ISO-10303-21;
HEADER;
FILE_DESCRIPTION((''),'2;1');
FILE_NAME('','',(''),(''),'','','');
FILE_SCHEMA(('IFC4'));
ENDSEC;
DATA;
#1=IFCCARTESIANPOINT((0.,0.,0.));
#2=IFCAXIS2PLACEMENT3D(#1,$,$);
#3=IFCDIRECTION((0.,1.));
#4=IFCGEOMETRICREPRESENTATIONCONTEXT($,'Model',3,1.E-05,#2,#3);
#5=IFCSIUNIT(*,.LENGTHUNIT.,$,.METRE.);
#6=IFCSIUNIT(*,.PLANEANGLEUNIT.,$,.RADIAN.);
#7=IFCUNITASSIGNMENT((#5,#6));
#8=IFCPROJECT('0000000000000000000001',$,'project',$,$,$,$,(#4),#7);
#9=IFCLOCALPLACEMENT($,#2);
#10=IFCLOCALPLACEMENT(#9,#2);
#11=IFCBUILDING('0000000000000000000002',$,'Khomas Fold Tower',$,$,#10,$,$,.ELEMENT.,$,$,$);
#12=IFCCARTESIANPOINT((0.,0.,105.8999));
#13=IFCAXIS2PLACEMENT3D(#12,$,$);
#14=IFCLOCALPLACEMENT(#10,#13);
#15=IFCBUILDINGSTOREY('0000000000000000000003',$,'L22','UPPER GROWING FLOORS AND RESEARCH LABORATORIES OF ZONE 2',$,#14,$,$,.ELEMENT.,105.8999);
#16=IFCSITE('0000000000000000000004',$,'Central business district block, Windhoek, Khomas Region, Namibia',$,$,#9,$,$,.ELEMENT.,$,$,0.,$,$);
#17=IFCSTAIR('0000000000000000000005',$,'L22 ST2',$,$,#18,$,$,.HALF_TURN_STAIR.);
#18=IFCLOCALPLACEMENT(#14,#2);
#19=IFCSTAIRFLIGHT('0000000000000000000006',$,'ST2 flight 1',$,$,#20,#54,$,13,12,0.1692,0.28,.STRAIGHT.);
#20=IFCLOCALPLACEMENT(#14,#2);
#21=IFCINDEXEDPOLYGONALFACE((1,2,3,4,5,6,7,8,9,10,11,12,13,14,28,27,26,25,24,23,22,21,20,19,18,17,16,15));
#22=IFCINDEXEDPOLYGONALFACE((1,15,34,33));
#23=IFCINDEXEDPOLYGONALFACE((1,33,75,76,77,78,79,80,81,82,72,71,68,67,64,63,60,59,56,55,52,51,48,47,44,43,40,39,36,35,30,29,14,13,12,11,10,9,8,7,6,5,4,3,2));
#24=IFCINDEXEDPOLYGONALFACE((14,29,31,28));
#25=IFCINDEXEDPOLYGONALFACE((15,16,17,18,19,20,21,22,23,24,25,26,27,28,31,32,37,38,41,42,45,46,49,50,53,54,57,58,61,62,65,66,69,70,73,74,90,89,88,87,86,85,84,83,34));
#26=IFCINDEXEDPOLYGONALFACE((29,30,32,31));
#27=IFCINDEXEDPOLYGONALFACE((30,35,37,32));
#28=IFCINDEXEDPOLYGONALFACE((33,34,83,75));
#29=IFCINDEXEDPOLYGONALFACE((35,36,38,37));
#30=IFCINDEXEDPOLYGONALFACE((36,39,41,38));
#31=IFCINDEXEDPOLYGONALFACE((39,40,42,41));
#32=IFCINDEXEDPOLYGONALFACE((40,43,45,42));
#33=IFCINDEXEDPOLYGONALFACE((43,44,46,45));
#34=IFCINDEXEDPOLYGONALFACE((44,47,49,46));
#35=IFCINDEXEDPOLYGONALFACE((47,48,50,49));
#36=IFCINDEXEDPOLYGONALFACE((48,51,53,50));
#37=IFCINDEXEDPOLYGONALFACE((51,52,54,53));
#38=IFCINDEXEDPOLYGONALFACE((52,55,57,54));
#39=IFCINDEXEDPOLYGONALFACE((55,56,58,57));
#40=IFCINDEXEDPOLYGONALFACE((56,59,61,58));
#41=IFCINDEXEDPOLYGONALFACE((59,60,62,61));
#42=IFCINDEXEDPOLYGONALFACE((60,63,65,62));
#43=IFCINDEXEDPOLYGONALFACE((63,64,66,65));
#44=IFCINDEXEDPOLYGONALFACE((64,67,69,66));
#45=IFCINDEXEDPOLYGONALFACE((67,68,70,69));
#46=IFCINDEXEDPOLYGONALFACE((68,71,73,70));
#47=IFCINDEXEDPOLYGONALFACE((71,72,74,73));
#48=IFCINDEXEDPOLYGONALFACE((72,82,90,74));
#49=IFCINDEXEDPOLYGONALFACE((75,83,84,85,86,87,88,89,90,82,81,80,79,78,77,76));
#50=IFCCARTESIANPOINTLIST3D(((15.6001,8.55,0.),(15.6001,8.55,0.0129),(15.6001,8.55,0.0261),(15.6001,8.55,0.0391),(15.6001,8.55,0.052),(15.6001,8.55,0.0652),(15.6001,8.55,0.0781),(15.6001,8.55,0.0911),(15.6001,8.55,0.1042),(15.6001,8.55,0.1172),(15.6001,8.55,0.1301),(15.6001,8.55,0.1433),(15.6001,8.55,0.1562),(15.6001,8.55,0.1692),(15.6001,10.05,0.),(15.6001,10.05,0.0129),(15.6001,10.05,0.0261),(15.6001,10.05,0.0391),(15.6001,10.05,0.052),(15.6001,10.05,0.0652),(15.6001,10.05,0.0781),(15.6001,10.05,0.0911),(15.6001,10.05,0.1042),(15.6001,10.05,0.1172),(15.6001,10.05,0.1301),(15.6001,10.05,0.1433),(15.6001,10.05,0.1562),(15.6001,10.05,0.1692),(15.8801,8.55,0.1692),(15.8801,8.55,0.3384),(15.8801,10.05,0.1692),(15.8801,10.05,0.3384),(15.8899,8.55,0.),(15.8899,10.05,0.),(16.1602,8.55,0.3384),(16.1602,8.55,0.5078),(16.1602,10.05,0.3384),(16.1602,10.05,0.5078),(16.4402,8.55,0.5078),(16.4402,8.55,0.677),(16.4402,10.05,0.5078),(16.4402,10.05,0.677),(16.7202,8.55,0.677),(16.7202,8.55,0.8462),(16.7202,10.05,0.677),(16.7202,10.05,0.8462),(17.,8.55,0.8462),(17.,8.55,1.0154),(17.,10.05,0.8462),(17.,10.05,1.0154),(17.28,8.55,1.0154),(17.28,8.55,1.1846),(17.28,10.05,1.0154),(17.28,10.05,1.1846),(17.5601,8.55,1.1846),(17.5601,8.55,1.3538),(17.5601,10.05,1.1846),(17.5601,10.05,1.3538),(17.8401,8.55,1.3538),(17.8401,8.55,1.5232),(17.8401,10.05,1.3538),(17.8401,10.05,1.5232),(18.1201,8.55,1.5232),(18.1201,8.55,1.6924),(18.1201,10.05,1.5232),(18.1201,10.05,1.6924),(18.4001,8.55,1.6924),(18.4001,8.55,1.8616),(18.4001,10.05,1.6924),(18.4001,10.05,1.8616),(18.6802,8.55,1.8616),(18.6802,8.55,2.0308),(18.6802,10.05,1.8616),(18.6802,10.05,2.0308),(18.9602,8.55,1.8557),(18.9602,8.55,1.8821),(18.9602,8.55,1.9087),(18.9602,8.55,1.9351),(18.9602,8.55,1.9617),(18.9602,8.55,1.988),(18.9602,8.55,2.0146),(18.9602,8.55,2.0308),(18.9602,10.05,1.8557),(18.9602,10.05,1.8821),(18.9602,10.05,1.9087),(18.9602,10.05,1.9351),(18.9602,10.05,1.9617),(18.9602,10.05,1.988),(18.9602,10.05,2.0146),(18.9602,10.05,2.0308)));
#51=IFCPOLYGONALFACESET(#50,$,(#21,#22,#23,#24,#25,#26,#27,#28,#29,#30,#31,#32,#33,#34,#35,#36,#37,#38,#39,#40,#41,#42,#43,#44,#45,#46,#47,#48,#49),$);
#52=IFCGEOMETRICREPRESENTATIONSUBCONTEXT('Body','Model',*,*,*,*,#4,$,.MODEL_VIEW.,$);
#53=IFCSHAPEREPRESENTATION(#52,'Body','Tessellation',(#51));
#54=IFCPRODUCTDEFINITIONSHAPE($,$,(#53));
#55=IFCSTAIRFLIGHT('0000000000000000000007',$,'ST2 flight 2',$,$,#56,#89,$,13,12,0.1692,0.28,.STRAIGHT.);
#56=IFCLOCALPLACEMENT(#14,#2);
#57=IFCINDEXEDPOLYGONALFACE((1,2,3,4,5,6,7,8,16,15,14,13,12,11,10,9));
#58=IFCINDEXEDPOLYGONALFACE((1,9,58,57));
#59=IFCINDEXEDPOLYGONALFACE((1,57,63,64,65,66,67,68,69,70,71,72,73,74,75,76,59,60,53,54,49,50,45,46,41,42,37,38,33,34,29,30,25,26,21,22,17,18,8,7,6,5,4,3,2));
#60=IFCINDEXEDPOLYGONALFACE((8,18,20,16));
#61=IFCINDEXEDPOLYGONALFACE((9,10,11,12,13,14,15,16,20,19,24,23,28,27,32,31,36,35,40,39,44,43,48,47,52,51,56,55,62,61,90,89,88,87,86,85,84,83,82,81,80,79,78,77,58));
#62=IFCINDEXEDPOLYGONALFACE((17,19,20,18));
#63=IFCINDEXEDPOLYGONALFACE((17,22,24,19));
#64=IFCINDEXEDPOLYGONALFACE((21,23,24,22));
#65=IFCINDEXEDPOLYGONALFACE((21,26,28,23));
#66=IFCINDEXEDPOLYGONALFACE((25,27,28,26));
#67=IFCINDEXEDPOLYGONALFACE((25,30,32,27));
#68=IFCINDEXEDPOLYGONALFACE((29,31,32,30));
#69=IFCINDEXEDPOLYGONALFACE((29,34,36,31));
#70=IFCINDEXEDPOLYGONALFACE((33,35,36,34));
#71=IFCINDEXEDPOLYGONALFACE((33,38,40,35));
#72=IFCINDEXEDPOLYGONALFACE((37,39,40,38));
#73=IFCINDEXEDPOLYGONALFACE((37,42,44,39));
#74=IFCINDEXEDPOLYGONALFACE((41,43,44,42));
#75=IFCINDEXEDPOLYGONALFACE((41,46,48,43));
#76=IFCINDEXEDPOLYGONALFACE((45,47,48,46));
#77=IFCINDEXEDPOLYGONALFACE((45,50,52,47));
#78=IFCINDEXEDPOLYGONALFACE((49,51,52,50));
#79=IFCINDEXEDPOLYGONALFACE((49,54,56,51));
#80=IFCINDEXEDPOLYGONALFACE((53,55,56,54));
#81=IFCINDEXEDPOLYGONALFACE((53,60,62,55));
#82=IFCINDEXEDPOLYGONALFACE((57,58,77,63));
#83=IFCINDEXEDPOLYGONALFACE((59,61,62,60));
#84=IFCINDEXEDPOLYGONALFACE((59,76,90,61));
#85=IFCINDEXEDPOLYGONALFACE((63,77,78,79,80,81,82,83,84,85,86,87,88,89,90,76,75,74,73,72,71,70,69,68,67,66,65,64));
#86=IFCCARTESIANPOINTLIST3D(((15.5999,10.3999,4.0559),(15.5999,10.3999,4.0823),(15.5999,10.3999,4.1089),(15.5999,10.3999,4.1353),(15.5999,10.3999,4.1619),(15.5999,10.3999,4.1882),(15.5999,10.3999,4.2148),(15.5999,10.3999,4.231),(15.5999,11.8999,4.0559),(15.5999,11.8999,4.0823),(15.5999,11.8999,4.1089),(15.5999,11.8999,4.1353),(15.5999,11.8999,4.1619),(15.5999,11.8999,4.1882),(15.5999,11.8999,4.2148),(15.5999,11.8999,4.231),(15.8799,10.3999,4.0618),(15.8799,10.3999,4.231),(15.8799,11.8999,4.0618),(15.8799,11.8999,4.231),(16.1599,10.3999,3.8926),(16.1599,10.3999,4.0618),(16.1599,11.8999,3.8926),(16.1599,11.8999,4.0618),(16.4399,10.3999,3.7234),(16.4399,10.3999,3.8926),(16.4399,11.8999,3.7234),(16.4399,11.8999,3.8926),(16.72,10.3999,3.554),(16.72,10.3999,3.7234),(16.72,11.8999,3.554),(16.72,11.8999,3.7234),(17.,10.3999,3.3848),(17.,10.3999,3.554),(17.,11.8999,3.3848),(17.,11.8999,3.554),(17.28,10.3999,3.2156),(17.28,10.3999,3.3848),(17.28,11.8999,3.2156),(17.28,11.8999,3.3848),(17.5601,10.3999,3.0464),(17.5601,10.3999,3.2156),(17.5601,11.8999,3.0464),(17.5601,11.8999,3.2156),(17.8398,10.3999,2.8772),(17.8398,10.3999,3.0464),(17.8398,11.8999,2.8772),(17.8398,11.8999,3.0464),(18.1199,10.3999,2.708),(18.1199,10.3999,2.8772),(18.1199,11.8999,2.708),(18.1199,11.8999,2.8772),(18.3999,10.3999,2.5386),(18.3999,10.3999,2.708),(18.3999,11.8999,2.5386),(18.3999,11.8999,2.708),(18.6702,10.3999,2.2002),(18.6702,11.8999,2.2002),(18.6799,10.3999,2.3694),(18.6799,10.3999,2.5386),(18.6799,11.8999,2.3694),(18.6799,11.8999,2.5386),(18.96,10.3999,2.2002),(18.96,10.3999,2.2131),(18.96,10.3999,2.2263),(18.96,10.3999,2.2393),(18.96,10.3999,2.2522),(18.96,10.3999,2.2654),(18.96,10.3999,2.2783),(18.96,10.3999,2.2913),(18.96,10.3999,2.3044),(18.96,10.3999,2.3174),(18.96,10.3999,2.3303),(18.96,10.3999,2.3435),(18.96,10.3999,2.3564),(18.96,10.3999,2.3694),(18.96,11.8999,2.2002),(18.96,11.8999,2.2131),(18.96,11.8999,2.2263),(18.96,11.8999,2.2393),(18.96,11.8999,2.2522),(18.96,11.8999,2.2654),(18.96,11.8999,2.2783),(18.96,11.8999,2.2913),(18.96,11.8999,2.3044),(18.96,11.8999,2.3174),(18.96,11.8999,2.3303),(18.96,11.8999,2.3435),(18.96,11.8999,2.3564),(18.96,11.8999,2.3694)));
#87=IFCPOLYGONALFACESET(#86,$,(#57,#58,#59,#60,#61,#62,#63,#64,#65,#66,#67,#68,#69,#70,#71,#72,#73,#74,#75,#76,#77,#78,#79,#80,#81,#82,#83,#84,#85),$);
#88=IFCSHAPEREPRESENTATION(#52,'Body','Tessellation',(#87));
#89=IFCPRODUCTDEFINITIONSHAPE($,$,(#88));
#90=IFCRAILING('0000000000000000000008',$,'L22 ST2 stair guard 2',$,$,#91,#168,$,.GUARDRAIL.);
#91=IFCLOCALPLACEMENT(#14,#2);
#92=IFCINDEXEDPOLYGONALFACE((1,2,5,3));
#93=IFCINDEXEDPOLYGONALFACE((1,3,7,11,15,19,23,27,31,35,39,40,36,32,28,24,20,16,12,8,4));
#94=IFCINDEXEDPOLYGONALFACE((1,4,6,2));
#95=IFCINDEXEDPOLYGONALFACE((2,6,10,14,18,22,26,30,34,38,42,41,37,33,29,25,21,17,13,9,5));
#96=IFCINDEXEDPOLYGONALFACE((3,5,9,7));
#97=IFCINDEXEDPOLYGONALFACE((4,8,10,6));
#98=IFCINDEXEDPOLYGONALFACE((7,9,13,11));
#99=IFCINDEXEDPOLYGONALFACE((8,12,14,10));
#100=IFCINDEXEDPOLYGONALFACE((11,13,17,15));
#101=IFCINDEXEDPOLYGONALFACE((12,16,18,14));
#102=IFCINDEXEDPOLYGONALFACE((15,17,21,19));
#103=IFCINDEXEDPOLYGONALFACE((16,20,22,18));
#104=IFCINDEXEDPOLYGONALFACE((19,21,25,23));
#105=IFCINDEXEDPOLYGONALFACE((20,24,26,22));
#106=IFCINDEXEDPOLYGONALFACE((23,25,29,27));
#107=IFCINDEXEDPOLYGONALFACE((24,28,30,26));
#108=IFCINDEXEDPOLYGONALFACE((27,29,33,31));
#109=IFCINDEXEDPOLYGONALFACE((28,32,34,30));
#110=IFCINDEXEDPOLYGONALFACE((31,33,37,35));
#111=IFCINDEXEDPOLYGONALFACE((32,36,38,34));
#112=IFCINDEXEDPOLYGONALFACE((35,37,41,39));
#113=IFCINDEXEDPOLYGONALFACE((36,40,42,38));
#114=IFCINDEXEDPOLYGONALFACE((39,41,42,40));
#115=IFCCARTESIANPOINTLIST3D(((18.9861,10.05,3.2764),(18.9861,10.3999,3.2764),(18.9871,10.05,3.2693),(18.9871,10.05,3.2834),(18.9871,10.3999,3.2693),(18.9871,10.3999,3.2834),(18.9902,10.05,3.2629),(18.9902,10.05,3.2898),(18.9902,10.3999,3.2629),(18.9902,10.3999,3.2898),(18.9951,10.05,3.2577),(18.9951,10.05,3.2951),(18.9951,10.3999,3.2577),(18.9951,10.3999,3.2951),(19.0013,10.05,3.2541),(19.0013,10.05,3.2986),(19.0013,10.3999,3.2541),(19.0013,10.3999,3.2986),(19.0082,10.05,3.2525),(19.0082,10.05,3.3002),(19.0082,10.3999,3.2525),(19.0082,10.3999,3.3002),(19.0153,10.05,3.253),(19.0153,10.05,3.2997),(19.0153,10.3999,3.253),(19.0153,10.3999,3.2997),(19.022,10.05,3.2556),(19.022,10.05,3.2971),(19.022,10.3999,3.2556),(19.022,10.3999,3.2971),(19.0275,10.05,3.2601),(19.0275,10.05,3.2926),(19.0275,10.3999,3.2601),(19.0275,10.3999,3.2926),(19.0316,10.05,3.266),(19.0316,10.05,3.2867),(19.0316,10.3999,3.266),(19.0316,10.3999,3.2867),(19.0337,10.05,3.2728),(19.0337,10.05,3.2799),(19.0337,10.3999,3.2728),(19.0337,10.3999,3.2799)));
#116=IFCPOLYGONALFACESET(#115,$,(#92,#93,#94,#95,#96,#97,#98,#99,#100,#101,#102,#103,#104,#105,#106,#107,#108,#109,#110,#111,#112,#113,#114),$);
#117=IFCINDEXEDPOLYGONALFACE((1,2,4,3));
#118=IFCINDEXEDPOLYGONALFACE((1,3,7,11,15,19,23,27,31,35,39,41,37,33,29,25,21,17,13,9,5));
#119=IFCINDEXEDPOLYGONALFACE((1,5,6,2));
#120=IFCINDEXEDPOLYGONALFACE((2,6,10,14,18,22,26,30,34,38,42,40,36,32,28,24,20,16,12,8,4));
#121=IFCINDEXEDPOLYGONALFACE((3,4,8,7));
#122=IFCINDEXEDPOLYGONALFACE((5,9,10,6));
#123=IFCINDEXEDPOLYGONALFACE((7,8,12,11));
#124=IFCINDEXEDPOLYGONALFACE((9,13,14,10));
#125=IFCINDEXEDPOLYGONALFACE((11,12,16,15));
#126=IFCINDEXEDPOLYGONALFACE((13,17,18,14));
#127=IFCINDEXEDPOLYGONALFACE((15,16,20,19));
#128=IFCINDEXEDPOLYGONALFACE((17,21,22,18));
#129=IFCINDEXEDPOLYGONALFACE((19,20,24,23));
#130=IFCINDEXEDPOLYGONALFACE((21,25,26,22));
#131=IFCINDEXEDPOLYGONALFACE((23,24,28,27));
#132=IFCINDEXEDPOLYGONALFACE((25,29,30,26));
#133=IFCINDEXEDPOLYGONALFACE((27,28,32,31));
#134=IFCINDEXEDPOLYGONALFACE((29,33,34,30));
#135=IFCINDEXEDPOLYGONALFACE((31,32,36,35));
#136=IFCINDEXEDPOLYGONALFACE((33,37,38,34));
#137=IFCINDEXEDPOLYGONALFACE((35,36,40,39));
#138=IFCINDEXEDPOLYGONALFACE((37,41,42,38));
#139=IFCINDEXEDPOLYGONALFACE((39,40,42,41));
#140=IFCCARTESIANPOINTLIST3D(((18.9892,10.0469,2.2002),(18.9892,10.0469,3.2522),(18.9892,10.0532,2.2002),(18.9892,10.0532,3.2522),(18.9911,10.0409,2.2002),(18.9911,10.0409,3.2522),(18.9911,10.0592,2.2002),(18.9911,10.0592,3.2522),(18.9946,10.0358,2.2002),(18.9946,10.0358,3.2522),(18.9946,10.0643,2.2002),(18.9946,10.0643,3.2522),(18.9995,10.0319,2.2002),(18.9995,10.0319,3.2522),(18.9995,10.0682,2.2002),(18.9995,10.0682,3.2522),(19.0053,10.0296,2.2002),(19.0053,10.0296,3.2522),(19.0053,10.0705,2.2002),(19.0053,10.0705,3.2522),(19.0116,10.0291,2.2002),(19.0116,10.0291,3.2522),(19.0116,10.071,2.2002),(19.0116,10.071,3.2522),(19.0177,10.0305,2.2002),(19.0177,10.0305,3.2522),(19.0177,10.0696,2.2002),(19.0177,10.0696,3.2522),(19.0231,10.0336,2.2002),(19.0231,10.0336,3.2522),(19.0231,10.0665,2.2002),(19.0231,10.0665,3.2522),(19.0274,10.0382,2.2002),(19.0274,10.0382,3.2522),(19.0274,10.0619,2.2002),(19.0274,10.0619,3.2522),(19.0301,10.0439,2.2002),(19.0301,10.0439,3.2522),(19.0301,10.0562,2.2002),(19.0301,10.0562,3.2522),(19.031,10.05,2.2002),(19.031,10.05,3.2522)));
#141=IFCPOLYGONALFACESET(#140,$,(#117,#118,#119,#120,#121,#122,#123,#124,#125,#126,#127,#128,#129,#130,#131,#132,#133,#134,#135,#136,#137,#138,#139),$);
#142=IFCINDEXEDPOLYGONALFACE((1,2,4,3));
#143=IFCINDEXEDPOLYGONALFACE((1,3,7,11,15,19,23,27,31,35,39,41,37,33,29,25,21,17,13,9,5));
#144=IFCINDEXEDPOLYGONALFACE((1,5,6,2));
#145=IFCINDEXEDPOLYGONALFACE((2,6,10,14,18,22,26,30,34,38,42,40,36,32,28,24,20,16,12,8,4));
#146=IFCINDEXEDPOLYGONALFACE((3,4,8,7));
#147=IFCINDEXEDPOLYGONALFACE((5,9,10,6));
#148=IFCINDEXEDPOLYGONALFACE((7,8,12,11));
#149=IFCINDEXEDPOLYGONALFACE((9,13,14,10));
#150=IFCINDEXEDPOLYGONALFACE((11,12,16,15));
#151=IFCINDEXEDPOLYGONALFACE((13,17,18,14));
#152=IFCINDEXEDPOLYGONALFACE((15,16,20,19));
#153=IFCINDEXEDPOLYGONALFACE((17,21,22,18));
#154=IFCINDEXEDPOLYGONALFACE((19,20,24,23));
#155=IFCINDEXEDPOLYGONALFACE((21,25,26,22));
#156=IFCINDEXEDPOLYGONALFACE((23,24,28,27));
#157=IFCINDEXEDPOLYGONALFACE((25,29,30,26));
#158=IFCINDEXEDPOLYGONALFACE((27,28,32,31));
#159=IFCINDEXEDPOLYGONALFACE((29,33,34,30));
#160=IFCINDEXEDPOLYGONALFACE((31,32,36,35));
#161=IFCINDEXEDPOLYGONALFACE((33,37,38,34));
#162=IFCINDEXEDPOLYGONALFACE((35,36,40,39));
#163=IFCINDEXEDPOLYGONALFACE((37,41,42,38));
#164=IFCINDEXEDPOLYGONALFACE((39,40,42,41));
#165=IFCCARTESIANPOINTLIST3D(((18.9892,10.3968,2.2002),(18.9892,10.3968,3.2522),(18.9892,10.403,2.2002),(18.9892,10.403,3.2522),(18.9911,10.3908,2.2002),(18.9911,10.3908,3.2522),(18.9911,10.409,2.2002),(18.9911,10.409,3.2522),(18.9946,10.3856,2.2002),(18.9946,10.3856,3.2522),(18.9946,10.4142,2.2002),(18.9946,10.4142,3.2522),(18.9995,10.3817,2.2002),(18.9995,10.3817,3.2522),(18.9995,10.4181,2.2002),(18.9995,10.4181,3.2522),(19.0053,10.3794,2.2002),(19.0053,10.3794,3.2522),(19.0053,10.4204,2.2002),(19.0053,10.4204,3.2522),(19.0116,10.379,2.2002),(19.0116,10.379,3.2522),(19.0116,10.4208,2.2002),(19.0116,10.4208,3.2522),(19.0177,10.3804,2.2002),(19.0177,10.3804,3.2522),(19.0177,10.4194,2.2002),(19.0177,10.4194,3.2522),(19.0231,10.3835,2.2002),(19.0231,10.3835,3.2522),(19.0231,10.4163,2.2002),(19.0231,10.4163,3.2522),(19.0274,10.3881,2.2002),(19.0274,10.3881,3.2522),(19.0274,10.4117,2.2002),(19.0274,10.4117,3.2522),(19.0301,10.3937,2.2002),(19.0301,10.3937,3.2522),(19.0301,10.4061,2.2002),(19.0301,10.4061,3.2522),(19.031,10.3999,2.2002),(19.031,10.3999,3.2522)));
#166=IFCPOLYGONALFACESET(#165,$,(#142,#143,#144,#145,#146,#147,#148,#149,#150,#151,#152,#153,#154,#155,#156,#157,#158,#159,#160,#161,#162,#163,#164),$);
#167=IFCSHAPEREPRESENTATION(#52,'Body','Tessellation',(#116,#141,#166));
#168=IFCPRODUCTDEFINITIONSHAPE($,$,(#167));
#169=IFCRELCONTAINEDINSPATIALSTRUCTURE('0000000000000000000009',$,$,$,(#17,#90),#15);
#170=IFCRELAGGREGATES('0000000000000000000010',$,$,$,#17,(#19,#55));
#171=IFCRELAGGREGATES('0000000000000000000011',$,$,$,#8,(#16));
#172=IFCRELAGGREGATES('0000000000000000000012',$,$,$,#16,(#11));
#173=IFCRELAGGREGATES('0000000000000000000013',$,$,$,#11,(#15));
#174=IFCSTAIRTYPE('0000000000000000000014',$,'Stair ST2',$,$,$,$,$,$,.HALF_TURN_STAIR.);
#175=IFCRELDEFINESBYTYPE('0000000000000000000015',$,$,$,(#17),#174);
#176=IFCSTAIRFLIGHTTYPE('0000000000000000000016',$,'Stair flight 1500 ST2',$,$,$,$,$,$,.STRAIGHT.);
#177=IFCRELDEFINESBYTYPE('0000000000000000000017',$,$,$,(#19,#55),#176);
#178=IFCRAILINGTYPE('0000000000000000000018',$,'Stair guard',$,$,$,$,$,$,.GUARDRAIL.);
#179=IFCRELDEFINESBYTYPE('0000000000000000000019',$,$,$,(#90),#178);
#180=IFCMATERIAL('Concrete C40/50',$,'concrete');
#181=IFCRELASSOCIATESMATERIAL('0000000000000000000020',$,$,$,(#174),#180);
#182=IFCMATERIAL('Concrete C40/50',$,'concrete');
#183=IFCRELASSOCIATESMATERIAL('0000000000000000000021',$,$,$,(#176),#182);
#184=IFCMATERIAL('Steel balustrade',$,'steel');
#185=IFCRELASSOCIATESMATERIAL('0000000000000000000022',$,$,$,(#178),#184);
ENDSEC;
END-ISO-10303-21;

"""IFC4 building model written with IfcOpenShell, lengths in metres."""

from ifc_helpers import new_model, si_unit, direction, frame, origin, origin_2d, place, context, subcontext, project, spatial, polyline, circle, outline, extrude, source, transform, mapped, material, type_object, element, aggregate, save


model = new_model("IFC4")

# Units and contexts
model_context = context("Model", 3, precision=1e-05, world=origin(), true_north=direction((0.0, 1.0)))
body_context = subcontext(model_context, "Body", "Model", "MODEL_VIEW")
ifc_project = project(units=[si_unit("LENGTHUNIT", "METRE"), si_unit("PLANEANGLEUNIT", "RADIAN")], contexts=[model_context])

# Site, building, storey
site_placement = place(None, origin())
site = spatial("IfcSite", under=ifc_project, at=site_placement, Name="Central business district block, Windhoek, Khomas Region, Namibia", CompositionType="ELEMENT", RefElevation=0.0)
building_placement = place(site_placement, origin())
building = spatial("IfcBuilding", under=site, at=building_placement, Name="Khomas Fold Tower", CompositionType="ELEMENT")
storey_placement = place(building_placement, frame((0.0, 0.0, 105.8999)))
storey = spatial("IfcBuildingStorey", under=building, at=storey_placement, Name="L22", Description="UPPER GROWING FLOORS AND RESEARCH LABORATORIES OF ZONE 2", CompositionType="ELEMENT", Elevation=105.8999)

# Stair, stair flights
ifc_material_1 = material(Name="Concrete C40/50", Category="concrete")
stair_type = type_object("IfcStairType", Name="Stair ST2", PredefinedType="HALF_TURN_STAIR", material=ifc_material_1)
stair_placement = place(storey_placement, origin())
stair = element("IfcStair", 1, at=stair_placement, inside=storey, type_object=stair_type, Name="L22 ST2", PredefinedType="HALF_TURN_STAIR")
ifc_material_2 = material(Name="Concrete C40/50", Category="concrete")
stair_flight_type = type_object("IfcStairFlightType", Name="Stair flight 1500 ST2", PredefinedType="STRAIGHT", material=ifc_material_2)
shared_shape_1 = source(origin(), body_context, "Body", "SweptSolid", [
    extrude(outline(polyline([(0.0, 0.0), (0.0, 0.0129), (0.0, 0.0261), (0.0, 0.0391), (0.0, 0.052), (0.0, 0.0652), (0.0, 0.0781), (0.0, 0.0911), (0.0, 0.1042), (0.0, 0.1172), (0.0, 0.1301), (0.0, 0.1433), (0.0, 0.1562), (0.0, 0.1692), (0.28, 0.1692), (0.28, 0.3384), (0.5601, 0.3384), (0.5601, 0.5078), (0.8401, 0.5078), (0.8401, 0.677), (1.1201, 0.677), (1.1201, 0.8462), (1.3999, 0.8462), (1.3999, 1.0154), (1.6799, 1.0154), (1.6799, 1.1846), (1.96, 1.1846), (1.96, 1.3538), (2.24, 1.3538), (2.24, 1.5232), (2.52, 1.5232), (2.52, 1.6924), (2.8, 1.6924), (2.8, 1.8616), (3.0801, 1.8616), (3.0801, 2.0308), (3.3601, 2.0308), (3.3601, 2.2), (3.3601, 2.1736), (3.3601, 2.147), (3.3601, 2.1206), (3.3601, 2.094), (3.3601, 2.0676), (3.3601, 2.041), (3.3601, 2.0146), (3.3601, 1.988), (3.3601, 1.9617), (3.3601, 1.9351), (3.3601, 1.9087), (3.3601, 1.8821), (3.3601, 1.8557), (0.2898, 0.0), (0.0, 0.0)])), frame((0.0, 0.75, 0.0), z_axis=(0.0, -1.0, 0.0), x_axis=(1.0, 0.0, 0.0)), (0.0, 0.0, 1.0), 1.5),
])
stair_flight_1_placement = place(storey_placement, frame((15.6001, 9.3, 0.0), z_axis=(0.0, 0.0, 1.0), x_axis=(1.0, 0.0, 0.0)))
stair_flight_1 = element("IfcStairFlight", 2, at=stair_flight_1_placement, type_object=stair_flight_type, Name="ST2 flight 1", NumberOfRisers=13, NumberOfTreads=12, PredefinedType="STRAIGHT", RiserHeight=0.1692, TreadLength=0.28, context=body_context, shape_type="MappedRepresentation", body=[
    mapped(shared_shape_1, transform((0.0, 0.0, 0.0))),
])
stair_flight_2_placement = place(storey_placement, frame((18.96, 11.1499, 2.2002), z_axis=(0.0, 0.0, 1.0), x_axis=(-1.0, 0.0, 0.0)))
stair_flight_2 = element("IfcStairFlight", 3, at=stair_flight_2_placement, type_object=stair_flight_type, Name="ST2 flight 2", NumberOfRisers=13, NumberOfTreads=12, PredefinedType="STRAIGHT", RiserHeight=0.1692, TreadLength=0.28, context=body_context, shape_type="MappedRepresentation", body=[
    mapped(shared_shape_1, transform((0.0, 0.0, 0.0))),
])
aggregate(stair, [stair_flight_1, stair_flight_2])

# Railing
ifc_material_3 = material(Name="Steel balustrade", Category="steel")
railing_type_1 = type_object("IfcRailingType", Name="Stair guard", PredefinedType="GUARDRAIL", material=ifc_material_3)
shared_shape_2 = source(origin(), body_context, "Body", "SweptSolid", [
    extrude(circle(Radius=0.0239, at=origin_2d()), frame((0.0, 0.0, 1.0762), z_axis=(0.0, 1.0, 0.0), x_axis=(-1.0, 0.0, 0.0)), (0.0, 0.0, 1.0), 0.3499),
    extrude(circle(Radius=0.021, at=origin_2d()), origin(), (0.0, 0.0, 1.0), 1.052),
    extrude(circle(Radius=0.021, at=origin_2d()), frame((0.0, 0.3499, 0.0)), (0.0, 0.0, 1.0), 1.052),
])
for number, where, name in (
    (4, (19.01, 10.05, 2.2002), "L22 ST2 stair guard 2"),
):
    element("IfcRailing", number, at=place(storey_placement, frame(where)), inside=storey, type_object=railing_type_1, Name=name, PredefinedType="GUARDRAIL", context=body_context, shape_type="MappedRepresentation", body=[
        mapped(shared_shape_2, transform((0.0, 0.0, 0.0))),
    ])

save(model, "model.ifc")
